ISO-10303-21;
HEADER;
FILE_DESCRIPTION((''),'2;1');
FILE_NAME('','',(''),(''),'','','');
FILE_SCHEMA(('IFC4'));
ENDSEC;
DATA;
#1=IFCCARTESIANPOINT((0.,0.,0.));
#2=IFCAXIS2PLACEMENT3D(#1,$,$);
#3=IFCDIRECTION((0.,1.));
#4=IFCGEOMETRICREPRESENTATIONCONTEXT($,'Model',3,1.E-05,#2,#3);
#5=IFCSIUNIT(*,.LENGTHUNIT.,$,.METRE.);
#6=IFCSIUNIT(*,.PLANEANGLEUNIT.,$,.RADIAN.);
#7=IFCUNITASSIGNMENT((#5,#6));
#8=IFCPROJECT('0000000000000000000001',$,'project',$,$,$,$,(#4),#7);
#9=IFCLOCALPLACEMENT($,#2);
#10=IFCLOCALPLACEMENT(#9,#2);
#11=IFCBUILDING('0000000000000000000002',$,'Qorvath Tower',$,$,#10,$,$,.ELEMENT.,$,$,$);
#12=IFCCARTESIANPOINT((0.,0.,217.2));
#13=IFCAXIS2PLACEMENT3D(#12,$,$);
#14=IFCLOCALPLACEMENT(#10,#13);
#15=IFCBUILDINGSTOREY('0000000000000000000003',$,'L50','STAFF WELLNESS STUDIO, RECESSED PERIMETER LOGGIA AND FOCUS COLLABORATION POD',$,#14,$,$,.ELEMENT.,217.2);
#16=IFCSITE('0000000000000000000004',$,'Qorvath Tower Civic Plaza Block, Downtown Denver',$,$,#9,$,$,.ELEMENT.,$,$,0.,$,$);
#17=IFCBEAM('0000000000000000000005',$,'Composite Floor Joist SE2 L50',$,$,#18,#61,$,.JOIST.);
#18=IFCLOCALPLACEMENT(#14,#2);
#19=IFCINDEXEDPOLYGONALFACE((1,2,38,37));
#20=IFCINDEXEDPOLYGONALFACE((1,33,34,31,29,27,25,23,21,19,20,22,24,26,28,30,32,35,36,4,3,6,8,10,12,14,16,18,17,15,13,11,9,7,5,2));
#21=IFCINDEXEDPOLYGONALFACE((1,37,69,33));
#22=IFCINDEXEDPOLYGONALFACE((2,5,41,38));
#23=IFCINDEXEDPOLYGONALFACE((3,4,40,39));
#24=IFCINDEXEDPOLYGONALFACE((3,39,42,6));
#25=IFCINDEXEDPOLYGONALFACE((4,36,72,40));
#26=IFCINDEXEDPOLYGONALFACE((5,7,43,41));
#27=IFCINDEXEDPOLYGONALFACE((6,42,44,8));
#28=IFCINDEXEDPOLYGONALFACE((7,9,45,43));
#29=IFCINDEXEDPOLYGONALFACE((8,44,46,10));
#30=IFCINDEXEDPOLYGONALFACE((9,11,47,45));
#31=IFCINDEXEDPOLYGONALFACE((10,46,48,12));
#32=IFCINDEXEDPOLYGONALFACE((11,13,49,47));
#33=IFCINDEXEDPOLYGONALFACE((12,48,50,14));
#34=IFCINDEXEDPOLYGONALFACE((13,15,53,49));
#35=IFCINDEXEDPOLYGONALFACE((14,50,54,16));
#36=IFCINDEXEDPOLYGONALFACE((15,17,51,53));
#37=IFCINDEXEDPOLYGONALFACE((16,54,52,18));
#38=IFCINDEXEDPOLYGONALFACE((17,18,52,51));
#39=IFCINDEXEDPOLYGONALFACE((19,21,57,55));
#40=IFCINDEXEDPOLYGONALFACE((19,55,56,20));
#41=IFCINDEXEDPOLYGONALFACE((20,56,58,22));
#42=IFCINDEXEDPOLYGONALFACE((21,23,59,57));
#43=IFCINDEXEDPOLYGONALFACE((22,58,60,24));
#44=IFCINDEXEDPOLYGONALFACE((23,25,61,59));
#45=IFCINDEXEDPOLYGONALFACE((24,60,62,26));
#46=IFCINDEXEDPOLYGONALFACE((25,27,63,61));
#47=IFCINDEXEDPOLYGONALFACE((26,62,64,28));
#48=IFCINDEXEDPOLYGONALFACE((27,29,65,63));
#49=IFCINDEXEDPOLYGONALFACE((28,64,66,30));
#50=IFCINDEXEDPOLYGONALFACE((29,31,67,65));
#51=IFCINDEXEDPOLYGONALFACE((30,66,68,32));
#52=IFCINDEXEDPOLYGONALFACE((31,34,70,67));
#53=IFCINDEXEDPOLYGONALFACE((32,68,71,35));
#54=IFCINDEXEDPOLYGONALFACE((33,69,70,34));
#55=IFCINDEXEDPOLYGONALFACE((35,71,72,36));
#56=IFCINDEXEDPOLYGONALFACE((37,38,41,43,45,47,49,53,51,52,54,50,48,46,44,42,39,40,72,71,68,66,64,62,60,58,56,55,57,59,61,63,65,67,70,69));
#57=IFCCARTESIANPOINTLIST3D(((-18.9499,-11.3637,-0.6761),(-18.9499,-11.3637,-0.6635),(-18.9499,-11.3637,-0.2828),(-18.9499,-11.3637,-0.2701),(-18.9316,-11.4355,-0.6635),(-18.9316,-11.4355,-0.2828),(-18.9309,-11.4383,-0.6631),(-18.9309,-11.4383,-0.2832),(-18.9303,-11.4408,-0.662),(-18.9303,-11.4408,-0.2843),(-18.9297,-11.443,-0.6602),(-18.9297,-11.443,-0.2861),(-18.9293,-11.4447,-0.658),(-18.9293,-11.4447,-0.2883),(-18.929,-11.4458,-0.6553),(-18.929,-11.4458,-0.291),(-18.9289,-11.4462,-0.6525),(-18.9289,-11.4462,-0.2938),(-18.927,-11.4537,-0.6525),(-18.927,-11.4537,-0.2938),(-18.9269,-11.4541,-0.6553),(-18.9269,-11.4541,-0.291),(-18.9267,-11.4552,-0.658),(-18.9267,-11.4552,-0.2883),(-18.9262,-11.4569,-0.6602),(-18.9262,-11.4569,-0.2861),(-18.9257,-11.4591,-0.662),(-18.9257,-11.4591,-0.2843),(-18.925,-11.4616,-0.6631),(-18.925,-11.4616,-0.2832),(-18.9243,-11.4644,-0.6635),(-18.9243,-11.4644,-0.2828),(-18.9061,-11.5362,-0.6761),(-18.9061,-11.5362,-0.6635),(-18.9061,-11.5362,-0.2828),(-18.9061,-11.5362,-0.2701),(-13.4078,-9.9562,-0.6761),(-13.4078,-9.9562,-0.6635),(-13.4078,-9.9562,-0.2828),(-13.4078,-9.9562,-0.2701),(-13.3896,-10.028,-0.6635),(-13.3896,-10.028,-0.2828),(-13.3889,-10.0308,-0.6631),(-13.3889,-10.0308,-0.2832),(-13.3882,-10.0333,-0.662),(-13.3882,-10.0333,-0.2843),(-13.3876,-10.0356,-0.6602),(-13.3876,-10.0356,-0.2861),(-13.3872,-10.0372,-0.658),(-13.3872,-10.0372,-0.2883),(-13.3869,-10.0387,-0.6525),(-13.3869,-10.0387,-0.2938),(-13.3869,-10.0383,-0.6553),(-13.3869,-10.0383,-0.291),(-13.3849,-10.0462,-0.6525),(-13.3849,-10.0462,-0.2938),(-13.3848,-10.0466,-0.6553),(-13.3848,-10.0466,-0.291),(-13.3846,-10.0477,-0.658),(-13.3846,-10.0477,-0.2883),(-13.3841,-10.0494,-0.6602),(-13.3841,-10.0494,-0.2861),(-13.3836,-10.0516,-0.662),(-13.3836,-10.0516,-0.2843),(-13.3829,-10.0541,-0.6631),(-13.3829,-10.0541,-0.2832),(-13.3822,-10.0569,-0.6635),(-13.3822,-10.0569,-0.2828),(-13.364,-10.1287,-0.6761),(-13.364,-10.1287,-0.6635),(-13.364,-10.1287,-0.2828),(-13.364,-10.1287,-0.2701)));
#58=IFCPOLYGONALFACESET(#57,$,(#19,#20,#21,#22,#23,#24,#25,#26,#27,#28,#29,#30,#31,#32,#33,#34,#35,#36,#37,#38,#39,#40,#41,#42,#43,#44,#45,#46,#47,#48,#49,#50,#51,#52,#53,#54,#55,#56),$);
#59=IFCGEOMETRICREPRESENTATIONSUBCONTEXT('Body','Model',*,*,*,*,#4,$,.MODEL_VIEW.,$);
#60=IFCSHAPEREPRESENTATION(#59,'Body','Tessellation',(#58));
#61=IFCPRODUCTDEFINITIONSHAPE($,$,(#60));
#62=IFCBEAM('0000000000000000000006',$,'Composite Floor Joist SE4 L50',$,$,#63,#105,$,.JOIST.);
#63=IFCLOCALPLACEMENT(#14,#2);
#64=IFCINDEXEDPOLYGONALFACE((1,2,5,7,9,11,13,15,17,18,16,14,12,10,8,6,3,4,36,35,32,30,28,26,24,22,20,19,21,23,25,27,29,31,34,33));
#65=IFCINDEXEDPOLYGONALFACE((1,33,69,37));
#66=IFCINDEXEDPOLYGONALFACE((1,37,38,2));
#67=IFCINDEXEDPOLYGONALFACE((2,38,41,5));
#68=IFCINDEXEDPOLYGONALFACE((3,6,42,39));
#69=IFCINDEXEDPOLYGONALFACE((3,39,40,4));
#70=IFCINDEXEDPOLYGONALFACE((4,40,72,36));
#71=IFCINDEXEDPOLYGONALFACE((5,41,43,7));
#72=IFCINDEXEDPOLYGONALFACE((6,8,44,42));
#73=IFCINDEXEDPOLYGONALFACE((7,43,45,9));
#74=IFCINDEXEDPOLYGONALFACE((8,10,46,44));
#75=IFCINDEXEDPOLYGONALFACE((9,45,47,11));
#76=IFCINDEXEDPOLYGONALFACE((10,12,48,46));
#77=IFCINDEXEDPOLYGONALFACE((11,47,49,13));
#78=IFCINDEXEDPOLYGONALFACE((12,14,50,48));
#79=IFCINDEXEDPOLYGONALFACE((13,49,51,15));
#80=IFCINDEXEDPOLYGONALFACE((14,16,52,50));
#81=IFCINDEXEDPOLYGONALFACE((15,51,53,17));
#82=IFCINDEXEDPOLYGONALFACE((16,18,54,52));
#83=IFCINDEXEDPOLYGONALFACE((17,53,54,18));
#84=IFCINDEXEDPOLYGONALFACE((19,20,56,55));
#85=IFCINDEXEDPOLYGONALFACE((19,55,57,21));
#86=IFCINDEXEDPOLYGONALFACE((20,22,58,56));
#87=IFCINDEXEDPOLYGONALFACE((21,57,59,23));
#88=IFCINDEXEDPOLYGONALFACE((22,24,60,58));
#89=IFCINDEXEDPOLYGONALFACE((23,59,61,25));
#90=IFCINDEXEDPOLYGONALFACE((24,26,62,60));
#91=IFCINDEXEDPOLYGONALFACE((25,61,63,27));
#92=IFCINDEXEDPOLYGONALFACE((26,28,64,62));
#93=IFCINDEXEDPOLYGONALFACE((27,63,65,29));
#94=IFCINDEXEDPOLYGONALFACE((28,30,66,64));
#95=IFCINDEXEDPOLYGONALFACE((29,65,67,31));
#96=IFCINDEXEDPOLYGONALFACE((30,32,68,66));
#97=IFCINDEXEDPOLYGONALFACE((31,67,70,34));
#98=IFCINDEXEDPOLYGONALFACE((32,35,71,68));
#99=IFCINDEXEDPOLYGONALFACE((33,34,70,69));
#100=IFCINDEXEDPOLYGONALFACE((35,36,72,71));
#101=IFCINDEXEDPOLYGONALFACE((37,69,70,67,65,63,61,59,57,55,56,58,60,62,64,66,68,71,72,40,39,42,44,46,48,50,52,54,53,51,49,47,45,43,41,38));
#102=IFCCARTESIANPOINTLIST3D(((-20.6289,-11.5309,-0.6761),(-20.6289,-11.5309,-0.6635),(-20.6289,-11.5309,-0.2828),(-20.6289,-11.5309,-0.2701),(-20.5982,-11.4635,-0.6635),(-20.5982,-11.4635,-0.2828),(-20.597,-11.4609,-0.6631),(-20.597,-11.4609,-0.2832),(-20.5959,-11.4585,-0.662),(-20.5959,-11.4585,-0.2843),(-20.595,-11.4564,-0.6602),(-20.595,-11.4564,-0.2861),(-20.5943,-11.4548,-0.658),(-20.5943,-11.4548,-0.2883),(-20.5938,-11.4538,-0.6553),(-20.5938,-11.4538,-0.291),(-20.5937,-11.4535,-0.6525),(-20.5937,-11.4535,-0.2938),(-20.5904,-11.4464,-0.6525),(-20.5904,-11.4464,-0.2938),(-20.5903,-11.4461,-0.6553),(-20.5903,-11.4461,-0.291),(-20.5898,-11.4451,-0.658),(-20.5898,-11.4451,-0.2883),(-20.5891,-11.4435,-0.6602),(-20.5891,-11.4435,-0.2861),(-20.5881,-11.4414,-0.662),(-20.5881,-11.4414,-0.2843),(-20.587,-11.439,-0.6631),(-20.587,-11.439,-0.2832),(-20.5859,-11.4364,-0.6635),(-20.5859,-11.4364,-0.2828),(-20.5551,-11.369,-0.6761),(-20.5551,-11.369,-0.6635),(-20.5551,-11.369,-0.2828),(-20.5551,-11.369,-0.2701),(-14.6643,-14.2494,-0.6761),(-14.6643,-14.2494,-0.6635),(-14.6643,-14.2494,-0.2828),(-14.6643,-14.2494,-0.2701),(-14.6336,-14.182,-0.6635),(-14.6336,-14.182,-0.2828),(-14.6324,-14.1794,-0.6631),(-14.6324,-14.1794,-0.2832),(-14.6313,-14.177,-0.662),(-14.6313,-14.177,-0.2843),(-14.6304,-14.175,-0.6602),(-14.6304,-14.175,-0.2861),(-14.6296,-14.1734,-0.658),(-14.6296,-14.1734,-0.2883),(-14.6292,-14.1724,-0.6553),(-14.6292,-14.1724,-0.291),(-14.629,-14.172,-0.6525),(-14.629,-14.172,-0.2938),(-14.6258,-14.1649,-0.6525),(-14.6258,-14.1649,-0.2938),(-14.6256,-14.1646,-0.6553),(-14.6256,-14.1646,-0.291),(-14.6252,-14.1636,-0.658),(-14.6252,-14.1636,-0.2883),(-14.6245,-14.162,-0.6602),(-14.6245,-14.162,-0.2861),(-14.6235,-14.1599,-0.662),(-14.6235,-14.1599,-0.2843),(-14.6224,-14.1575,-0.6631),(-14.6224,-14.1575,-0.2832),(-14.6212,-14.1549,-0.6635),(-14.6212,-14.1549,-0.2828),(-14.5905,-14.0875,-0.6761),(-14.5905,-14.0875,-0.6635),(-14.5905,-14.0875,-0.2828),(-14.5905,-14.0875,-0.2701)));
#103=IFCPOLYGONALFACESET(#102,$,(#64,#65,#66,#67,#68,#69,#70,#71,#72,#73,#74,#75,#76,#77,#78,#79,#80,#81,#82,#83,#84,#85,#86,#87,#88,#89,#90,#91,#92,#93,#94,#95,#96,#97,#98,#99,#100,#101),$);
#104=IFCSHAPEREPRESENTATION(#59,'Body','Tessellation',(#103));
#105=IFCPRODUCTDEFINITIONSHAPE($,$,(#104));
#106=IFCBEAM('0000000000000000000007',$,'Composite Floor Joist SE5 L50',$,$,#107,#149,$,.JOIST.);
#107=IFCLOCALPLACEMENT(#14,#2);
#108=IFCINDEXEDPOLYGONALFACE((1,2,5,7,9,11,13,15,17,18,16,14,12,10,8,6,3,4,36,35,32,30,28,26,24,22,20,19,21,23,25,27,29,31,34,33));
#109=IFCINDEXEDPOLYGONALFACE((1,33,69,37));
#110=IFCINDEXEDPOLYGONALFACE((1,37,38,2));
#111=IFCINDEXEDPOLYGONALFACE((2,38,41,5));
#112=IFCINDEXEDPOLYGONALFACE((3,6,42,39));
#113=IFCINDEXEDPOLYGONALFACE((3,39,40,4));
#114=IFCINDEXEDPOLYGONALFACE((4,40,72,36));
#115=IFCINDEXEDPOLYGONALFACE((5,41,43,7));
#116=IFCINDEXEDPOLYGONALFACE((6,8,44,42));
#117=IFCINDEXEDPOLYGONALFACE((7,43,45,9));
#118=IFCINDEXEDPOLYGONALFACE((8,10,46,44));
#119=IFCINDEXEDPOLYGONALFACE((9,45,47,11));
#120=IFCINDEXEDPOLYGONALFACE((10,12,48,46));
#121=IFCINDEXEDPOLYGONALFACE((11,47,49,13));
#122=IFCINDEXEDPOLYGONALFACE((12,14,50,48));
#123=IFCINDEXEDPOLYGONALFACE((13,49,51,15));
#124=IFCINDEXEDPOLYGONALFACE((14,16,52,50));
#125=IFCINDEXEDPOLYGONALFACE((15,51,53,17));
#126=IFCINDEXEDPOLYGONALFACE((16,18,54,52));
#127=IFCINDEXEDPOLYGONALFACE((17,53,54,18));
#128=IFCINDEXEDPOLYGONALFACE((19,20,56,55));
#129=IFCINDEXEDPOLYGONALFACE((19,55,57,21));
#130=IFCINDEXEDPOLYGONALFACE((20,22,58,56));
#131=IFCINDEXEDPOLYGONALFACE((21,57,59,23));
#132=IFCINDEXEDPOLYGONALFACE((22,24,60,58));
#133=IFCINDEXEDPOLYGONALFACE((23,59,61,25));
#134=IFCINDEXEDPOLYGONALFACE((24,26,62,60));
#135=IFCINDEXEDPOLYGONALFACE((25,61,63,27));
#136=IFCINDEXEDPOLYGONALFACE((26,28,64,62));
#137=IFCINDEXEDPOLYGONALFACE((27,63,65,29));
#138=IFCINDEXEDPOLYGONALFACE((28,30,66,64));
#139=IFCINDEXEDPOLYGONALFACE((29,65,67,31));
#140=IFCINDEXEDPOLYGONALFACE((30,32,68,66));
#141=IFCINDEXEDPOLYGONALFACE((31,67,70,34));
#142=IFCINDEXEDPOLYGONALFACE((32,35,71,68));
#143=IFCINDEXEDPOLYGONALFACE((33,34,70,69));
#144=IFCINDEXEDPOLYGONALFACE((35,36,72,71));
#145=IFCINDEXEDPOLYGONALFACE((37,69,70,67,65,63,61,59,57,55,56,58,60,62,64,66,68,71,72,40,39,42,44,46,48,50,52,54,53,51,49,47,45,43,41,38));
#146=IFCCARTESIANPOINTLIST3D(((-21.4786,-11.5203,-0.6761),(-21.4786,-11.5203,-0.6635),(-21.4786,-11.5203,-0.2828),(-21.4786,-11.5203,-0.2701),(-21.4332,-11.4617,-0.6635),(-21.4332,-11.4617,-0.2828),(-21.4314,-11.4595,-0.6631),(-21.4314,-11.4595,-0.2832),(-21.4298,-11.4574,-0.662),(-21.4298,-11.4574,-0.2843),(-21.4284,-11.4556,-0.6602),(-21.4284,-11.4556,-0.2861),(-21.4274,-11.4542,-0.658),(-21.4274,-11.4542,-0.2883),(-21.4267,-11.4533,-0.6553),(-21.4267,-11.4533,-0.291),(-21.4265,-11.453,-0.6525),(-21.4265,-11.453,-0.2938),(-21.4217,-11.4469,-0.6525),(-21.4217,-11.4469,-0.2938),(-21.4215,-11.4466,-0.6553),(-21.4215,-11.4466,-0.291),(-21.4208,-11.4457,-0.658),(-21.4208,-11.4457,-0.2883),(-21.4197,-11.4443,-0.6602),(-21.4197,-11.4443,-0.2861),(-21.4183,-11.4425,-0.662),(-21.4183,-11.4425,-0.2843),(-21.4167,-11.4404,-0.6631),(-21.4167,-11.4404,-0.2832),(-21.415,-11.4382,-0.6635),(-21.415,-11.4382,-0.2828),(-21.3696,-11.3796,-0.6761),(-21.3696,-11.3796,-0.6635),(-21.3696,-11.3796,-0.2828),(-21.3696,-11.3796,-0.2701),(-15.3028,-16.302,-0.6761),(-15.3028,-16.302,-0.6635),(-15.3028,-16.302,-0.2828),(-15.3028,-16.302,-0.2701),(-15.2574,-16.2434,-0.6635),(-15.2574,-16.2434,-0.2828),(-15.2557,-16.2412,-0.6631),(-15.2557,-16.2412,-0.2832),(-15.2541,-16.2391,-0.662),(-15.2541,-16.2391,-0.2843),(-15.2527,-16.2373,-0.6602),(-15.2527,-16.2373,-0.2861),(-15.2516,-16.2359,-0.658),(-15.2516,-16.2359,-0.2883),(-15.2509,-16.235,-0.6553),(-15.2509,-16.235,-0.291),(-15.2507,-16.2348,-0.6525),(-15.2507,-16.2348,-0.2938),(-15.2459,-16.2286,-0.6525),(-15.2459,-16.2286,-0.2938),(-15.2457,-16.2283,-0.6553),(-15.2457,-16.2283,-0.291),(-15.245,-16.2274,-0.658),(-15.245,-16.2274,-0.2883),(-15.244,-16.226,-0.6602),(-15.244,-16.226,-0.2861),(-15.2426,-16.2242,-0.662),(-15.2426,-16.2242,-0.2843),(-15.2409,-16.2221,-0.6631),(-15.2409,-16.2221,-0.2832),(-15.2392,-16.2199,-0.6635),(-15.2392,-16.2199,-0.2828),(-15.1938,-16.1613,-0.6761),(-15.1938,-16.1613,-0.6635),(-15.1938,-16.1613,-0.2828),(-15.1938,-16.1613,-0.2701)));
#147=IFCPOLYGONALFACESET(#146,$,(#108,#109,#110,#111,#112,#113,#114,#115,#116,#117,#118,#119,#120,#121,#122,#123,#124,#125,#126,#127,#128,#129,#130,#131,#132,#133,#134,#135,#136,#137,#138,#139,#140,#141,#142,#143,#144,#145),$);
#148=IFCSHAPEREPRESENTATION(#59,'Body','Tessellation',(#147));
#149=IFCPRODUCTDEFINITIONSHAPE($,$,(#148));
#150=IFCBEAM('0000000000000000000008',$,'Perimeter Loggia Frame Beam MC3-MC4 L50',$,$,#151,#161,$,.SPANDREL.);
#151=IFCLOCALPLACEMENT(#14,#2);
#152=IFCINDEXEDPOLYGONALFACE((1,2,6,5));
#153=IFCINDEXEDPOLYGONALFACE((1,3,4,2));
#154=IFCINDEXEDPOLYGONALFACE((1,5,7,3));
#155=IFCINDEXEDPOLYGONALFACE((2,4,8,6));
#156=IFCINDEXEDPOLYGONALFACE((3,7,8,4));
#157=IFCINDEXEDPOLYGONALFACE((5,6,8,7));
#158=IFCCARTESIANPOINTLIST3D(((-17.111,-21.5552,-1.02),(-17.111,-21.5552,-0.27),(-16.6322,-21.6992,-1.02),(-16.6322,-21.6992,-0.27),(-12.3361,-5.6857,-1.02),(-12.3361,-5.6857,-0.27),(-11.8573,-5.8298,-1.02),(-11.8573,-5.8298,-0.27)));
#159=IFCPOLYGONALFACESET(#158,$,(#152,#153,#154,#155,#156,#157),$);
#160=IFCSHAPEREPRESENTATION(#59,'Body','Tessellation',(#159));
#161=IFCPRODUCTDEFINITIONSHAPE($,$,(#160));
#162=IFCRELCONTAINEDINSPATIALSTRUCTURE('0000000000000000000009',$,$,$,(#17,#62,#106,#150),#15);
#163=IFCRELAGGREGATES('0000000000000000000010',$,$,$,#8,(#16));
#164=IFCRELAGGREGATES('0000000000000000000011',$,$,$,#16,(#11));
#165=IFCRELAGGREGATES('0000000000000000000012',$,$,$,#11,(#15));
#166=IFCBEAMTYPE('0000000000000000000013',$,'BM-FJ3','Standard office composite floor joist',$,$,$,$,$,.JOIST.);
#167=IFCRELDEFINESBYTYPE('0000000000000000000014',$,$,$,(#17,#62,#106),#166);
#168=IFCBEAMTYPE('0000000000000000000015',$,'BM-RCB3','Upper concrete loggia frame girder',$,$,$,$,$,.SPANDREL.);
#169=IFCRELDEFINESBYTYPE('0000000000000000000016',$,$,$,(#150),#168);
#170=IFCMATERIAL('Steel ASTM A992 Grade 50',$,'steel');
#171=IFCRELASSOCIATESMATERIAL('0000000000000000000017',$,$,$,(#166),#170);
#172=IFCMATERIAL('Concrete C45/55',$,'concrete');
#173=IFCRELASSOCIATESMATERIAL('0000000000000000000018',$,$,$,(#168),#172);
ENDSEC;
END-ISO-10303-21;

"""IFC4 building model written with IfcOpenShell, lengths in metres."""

from ifc_helpers import new_model, si_unit, direction, frame, origin, origin_2d, place, context, subcontext, project, spatial, rectangle, i_section, extrude, material, material_profile, profile_set, type_object, element, save


model = new_model("IFC4")

# Units and contexts
model_context = context("Model", 3, precision=1e-05, world=origin(), true_north=direction((0.0, 1.0)))
body_context = subcontext(model_context, "Body", "Model", "MODEL_VIEW")
ifc_project = project(units=[si_unit("LENGTHUNIT", "METRE"), si_unit("PLANEANGLEUNIT", "RADIAN")], contexts=[model_context])

# Site, building, storey
site_placement = place(None, origin())
site = spatial("IfcSite", under=ifc_project, at=site_placement, Name="Qorvath Tower Civic Plaza Block, Downtown Denver", CompositionType="ELEMENT", RefElevation=0.0)
building_placement = place(site_placement, origin())
building = spatial("IfcBuilding", under=site, at=building_placement, Name="Qorvath Tower", CompositionType="ELEMENT")
storey_placement = place(building_placement, frame((0.0, 0.0, 217.2)))
storey = spatial("IfcBuildingStorey", under=building, at=storey_placement, Name="L50", Description="STAFF WELLNESS STUDIO, RECESSED PERIMETER LOGGIA AND FOCUS COLLABORATION POD", CompositionType="ELEMENT", Elevation=217.2)

# Beams
ifc_material_1 = material(Name="Steel ASTM A992 Grade 50", Category="steel")
ifc_material_profile_1 = material_profile(ifc_material_1, i_section(OverallWidth=0.178, OverallDepth=0.406, WebThickness=0.0078, FlangeThickness=0.0127, FilletRadius=0.011, at=origin_2d()), Name="W16x40")
ifc_profile_set_1 = profile_set([ifc_material_profile_1], Name="Steel ASTM A992 Grade 50")
beam_type_1 = type_object("IfcBeamType", Name="BM-FJ3", Description="Standard office composite floor joist", PredefinedType="JOIST", material=ifc_profile_set_1)
beam_1_placement = place(storey_placement, frame((-18.928, -11.45, -0.4731), z_axis=(0.969232, 0.246151, 0.0), x_axis=(-0.246151, 0.969232, 0.0)))
element("IfcBeam", 1, at=beam_1_placement, inside=storey, type_object=beam_type_1, Name="Composite Floor Joist SE2 L50", PredefinedType="JOIST", context=body_context, shape_type="SweptSolid", body=[
    extrude(i_section(OverallWidth=0.178, OverallDepth=0.406, WebThickness=0.0078, FlangeThickness=0.0127, FilletRadius=0.011, at=origin_2d()), origin(), (0.0, 0.0, 1.0), 5.718),
])
beam_2_placement = place(storey_placement, frame((-20.592, -11.45, -0.4731), z_axis=(0.909945, -0.414729, 0.0), x_axis=(0.414729, 0.909945, 0.0)))
element("IfcBeam", 2, at=beam_2_placement, inside=storey, type_object=beam_type_1, Name="Composite Floor Joist SE4 L50", PredefinedType="JOIST", context=body_context, shape_type="SweptSolid", body=[
    extrude(i_section(OverallWidth=0.178, OverallDepth=0.406, WebThickness=0.0078, FlangeThickness=0.0127, FilletRadius=0.011, at=origin_2d()), origin(), (0.0, 0.0, 1.0), 6.5549),
])
beam_3_placement = place(storey_placement, frame((-21.4241, -11.45, -0.4731), z_axis=(0.790693, -0.612212, 0.0), x_axis=(0.612212, 0.790693, 0.0)))
element("IfcBeam", 3, at=beam_3_placement, inside=storey, type_object=beam_type_1, Name="Composite Floor Joist SE5 L50", PredefinedType="JOIST", context=body_context, shape_type="SweptSolid", body=[
    extrude(i_section(OverallWidth=0.178, OverallDepth=0.406, WebThickness=0.0078, FlangeThickness=0.0127, FilletRadius=0.011, at=origin_2d()), origin(), (0.0, 0.0, 1.0), 7.8105),
])
ifc_material_2 = material(Name="Concrete C45/55", Category="concrete")
ifc_material_profile_2 = material_profile(ifc_material_2, rectangle(XDim=0.5, YDim=0.75, at=origin_2d()), Name="RCB 750x500")
ifc_profile_set_2 = profile_set([ifc_material_profile_2], Name="Concrete C45/55")
beam_type_2 = type_object("IfcBeamType", Name="BM-RCB3", Description="Upper concrete loggia frame girder", PredefinedType="SPANDREL", material=ifc_profile_set_2)
beam_4_placement = place(storey_placement, frame((-16.8716, -21.6272, -0.645), z_axis=(0.288128, 0.957592, 0.0), x_axis=(-0.957592, 0.288128, 0.0)))
element("IfcBeam", 4, at=beam_4_placement, inside=storey, type_object=beam_type_2, Name="Perimeter Loggia Frame Beam MC3-MC4 L50", PredefinedType="SPANDREL", context=body_context, shape_type="SweptSolid", body=[
    extrude(rectangle(XDim=0.5, YDim=0.75, at=origin_2d()), origin(), (0.0, 0.0, 1.0), 16.5723),
])

save(model, "model.ifc")
